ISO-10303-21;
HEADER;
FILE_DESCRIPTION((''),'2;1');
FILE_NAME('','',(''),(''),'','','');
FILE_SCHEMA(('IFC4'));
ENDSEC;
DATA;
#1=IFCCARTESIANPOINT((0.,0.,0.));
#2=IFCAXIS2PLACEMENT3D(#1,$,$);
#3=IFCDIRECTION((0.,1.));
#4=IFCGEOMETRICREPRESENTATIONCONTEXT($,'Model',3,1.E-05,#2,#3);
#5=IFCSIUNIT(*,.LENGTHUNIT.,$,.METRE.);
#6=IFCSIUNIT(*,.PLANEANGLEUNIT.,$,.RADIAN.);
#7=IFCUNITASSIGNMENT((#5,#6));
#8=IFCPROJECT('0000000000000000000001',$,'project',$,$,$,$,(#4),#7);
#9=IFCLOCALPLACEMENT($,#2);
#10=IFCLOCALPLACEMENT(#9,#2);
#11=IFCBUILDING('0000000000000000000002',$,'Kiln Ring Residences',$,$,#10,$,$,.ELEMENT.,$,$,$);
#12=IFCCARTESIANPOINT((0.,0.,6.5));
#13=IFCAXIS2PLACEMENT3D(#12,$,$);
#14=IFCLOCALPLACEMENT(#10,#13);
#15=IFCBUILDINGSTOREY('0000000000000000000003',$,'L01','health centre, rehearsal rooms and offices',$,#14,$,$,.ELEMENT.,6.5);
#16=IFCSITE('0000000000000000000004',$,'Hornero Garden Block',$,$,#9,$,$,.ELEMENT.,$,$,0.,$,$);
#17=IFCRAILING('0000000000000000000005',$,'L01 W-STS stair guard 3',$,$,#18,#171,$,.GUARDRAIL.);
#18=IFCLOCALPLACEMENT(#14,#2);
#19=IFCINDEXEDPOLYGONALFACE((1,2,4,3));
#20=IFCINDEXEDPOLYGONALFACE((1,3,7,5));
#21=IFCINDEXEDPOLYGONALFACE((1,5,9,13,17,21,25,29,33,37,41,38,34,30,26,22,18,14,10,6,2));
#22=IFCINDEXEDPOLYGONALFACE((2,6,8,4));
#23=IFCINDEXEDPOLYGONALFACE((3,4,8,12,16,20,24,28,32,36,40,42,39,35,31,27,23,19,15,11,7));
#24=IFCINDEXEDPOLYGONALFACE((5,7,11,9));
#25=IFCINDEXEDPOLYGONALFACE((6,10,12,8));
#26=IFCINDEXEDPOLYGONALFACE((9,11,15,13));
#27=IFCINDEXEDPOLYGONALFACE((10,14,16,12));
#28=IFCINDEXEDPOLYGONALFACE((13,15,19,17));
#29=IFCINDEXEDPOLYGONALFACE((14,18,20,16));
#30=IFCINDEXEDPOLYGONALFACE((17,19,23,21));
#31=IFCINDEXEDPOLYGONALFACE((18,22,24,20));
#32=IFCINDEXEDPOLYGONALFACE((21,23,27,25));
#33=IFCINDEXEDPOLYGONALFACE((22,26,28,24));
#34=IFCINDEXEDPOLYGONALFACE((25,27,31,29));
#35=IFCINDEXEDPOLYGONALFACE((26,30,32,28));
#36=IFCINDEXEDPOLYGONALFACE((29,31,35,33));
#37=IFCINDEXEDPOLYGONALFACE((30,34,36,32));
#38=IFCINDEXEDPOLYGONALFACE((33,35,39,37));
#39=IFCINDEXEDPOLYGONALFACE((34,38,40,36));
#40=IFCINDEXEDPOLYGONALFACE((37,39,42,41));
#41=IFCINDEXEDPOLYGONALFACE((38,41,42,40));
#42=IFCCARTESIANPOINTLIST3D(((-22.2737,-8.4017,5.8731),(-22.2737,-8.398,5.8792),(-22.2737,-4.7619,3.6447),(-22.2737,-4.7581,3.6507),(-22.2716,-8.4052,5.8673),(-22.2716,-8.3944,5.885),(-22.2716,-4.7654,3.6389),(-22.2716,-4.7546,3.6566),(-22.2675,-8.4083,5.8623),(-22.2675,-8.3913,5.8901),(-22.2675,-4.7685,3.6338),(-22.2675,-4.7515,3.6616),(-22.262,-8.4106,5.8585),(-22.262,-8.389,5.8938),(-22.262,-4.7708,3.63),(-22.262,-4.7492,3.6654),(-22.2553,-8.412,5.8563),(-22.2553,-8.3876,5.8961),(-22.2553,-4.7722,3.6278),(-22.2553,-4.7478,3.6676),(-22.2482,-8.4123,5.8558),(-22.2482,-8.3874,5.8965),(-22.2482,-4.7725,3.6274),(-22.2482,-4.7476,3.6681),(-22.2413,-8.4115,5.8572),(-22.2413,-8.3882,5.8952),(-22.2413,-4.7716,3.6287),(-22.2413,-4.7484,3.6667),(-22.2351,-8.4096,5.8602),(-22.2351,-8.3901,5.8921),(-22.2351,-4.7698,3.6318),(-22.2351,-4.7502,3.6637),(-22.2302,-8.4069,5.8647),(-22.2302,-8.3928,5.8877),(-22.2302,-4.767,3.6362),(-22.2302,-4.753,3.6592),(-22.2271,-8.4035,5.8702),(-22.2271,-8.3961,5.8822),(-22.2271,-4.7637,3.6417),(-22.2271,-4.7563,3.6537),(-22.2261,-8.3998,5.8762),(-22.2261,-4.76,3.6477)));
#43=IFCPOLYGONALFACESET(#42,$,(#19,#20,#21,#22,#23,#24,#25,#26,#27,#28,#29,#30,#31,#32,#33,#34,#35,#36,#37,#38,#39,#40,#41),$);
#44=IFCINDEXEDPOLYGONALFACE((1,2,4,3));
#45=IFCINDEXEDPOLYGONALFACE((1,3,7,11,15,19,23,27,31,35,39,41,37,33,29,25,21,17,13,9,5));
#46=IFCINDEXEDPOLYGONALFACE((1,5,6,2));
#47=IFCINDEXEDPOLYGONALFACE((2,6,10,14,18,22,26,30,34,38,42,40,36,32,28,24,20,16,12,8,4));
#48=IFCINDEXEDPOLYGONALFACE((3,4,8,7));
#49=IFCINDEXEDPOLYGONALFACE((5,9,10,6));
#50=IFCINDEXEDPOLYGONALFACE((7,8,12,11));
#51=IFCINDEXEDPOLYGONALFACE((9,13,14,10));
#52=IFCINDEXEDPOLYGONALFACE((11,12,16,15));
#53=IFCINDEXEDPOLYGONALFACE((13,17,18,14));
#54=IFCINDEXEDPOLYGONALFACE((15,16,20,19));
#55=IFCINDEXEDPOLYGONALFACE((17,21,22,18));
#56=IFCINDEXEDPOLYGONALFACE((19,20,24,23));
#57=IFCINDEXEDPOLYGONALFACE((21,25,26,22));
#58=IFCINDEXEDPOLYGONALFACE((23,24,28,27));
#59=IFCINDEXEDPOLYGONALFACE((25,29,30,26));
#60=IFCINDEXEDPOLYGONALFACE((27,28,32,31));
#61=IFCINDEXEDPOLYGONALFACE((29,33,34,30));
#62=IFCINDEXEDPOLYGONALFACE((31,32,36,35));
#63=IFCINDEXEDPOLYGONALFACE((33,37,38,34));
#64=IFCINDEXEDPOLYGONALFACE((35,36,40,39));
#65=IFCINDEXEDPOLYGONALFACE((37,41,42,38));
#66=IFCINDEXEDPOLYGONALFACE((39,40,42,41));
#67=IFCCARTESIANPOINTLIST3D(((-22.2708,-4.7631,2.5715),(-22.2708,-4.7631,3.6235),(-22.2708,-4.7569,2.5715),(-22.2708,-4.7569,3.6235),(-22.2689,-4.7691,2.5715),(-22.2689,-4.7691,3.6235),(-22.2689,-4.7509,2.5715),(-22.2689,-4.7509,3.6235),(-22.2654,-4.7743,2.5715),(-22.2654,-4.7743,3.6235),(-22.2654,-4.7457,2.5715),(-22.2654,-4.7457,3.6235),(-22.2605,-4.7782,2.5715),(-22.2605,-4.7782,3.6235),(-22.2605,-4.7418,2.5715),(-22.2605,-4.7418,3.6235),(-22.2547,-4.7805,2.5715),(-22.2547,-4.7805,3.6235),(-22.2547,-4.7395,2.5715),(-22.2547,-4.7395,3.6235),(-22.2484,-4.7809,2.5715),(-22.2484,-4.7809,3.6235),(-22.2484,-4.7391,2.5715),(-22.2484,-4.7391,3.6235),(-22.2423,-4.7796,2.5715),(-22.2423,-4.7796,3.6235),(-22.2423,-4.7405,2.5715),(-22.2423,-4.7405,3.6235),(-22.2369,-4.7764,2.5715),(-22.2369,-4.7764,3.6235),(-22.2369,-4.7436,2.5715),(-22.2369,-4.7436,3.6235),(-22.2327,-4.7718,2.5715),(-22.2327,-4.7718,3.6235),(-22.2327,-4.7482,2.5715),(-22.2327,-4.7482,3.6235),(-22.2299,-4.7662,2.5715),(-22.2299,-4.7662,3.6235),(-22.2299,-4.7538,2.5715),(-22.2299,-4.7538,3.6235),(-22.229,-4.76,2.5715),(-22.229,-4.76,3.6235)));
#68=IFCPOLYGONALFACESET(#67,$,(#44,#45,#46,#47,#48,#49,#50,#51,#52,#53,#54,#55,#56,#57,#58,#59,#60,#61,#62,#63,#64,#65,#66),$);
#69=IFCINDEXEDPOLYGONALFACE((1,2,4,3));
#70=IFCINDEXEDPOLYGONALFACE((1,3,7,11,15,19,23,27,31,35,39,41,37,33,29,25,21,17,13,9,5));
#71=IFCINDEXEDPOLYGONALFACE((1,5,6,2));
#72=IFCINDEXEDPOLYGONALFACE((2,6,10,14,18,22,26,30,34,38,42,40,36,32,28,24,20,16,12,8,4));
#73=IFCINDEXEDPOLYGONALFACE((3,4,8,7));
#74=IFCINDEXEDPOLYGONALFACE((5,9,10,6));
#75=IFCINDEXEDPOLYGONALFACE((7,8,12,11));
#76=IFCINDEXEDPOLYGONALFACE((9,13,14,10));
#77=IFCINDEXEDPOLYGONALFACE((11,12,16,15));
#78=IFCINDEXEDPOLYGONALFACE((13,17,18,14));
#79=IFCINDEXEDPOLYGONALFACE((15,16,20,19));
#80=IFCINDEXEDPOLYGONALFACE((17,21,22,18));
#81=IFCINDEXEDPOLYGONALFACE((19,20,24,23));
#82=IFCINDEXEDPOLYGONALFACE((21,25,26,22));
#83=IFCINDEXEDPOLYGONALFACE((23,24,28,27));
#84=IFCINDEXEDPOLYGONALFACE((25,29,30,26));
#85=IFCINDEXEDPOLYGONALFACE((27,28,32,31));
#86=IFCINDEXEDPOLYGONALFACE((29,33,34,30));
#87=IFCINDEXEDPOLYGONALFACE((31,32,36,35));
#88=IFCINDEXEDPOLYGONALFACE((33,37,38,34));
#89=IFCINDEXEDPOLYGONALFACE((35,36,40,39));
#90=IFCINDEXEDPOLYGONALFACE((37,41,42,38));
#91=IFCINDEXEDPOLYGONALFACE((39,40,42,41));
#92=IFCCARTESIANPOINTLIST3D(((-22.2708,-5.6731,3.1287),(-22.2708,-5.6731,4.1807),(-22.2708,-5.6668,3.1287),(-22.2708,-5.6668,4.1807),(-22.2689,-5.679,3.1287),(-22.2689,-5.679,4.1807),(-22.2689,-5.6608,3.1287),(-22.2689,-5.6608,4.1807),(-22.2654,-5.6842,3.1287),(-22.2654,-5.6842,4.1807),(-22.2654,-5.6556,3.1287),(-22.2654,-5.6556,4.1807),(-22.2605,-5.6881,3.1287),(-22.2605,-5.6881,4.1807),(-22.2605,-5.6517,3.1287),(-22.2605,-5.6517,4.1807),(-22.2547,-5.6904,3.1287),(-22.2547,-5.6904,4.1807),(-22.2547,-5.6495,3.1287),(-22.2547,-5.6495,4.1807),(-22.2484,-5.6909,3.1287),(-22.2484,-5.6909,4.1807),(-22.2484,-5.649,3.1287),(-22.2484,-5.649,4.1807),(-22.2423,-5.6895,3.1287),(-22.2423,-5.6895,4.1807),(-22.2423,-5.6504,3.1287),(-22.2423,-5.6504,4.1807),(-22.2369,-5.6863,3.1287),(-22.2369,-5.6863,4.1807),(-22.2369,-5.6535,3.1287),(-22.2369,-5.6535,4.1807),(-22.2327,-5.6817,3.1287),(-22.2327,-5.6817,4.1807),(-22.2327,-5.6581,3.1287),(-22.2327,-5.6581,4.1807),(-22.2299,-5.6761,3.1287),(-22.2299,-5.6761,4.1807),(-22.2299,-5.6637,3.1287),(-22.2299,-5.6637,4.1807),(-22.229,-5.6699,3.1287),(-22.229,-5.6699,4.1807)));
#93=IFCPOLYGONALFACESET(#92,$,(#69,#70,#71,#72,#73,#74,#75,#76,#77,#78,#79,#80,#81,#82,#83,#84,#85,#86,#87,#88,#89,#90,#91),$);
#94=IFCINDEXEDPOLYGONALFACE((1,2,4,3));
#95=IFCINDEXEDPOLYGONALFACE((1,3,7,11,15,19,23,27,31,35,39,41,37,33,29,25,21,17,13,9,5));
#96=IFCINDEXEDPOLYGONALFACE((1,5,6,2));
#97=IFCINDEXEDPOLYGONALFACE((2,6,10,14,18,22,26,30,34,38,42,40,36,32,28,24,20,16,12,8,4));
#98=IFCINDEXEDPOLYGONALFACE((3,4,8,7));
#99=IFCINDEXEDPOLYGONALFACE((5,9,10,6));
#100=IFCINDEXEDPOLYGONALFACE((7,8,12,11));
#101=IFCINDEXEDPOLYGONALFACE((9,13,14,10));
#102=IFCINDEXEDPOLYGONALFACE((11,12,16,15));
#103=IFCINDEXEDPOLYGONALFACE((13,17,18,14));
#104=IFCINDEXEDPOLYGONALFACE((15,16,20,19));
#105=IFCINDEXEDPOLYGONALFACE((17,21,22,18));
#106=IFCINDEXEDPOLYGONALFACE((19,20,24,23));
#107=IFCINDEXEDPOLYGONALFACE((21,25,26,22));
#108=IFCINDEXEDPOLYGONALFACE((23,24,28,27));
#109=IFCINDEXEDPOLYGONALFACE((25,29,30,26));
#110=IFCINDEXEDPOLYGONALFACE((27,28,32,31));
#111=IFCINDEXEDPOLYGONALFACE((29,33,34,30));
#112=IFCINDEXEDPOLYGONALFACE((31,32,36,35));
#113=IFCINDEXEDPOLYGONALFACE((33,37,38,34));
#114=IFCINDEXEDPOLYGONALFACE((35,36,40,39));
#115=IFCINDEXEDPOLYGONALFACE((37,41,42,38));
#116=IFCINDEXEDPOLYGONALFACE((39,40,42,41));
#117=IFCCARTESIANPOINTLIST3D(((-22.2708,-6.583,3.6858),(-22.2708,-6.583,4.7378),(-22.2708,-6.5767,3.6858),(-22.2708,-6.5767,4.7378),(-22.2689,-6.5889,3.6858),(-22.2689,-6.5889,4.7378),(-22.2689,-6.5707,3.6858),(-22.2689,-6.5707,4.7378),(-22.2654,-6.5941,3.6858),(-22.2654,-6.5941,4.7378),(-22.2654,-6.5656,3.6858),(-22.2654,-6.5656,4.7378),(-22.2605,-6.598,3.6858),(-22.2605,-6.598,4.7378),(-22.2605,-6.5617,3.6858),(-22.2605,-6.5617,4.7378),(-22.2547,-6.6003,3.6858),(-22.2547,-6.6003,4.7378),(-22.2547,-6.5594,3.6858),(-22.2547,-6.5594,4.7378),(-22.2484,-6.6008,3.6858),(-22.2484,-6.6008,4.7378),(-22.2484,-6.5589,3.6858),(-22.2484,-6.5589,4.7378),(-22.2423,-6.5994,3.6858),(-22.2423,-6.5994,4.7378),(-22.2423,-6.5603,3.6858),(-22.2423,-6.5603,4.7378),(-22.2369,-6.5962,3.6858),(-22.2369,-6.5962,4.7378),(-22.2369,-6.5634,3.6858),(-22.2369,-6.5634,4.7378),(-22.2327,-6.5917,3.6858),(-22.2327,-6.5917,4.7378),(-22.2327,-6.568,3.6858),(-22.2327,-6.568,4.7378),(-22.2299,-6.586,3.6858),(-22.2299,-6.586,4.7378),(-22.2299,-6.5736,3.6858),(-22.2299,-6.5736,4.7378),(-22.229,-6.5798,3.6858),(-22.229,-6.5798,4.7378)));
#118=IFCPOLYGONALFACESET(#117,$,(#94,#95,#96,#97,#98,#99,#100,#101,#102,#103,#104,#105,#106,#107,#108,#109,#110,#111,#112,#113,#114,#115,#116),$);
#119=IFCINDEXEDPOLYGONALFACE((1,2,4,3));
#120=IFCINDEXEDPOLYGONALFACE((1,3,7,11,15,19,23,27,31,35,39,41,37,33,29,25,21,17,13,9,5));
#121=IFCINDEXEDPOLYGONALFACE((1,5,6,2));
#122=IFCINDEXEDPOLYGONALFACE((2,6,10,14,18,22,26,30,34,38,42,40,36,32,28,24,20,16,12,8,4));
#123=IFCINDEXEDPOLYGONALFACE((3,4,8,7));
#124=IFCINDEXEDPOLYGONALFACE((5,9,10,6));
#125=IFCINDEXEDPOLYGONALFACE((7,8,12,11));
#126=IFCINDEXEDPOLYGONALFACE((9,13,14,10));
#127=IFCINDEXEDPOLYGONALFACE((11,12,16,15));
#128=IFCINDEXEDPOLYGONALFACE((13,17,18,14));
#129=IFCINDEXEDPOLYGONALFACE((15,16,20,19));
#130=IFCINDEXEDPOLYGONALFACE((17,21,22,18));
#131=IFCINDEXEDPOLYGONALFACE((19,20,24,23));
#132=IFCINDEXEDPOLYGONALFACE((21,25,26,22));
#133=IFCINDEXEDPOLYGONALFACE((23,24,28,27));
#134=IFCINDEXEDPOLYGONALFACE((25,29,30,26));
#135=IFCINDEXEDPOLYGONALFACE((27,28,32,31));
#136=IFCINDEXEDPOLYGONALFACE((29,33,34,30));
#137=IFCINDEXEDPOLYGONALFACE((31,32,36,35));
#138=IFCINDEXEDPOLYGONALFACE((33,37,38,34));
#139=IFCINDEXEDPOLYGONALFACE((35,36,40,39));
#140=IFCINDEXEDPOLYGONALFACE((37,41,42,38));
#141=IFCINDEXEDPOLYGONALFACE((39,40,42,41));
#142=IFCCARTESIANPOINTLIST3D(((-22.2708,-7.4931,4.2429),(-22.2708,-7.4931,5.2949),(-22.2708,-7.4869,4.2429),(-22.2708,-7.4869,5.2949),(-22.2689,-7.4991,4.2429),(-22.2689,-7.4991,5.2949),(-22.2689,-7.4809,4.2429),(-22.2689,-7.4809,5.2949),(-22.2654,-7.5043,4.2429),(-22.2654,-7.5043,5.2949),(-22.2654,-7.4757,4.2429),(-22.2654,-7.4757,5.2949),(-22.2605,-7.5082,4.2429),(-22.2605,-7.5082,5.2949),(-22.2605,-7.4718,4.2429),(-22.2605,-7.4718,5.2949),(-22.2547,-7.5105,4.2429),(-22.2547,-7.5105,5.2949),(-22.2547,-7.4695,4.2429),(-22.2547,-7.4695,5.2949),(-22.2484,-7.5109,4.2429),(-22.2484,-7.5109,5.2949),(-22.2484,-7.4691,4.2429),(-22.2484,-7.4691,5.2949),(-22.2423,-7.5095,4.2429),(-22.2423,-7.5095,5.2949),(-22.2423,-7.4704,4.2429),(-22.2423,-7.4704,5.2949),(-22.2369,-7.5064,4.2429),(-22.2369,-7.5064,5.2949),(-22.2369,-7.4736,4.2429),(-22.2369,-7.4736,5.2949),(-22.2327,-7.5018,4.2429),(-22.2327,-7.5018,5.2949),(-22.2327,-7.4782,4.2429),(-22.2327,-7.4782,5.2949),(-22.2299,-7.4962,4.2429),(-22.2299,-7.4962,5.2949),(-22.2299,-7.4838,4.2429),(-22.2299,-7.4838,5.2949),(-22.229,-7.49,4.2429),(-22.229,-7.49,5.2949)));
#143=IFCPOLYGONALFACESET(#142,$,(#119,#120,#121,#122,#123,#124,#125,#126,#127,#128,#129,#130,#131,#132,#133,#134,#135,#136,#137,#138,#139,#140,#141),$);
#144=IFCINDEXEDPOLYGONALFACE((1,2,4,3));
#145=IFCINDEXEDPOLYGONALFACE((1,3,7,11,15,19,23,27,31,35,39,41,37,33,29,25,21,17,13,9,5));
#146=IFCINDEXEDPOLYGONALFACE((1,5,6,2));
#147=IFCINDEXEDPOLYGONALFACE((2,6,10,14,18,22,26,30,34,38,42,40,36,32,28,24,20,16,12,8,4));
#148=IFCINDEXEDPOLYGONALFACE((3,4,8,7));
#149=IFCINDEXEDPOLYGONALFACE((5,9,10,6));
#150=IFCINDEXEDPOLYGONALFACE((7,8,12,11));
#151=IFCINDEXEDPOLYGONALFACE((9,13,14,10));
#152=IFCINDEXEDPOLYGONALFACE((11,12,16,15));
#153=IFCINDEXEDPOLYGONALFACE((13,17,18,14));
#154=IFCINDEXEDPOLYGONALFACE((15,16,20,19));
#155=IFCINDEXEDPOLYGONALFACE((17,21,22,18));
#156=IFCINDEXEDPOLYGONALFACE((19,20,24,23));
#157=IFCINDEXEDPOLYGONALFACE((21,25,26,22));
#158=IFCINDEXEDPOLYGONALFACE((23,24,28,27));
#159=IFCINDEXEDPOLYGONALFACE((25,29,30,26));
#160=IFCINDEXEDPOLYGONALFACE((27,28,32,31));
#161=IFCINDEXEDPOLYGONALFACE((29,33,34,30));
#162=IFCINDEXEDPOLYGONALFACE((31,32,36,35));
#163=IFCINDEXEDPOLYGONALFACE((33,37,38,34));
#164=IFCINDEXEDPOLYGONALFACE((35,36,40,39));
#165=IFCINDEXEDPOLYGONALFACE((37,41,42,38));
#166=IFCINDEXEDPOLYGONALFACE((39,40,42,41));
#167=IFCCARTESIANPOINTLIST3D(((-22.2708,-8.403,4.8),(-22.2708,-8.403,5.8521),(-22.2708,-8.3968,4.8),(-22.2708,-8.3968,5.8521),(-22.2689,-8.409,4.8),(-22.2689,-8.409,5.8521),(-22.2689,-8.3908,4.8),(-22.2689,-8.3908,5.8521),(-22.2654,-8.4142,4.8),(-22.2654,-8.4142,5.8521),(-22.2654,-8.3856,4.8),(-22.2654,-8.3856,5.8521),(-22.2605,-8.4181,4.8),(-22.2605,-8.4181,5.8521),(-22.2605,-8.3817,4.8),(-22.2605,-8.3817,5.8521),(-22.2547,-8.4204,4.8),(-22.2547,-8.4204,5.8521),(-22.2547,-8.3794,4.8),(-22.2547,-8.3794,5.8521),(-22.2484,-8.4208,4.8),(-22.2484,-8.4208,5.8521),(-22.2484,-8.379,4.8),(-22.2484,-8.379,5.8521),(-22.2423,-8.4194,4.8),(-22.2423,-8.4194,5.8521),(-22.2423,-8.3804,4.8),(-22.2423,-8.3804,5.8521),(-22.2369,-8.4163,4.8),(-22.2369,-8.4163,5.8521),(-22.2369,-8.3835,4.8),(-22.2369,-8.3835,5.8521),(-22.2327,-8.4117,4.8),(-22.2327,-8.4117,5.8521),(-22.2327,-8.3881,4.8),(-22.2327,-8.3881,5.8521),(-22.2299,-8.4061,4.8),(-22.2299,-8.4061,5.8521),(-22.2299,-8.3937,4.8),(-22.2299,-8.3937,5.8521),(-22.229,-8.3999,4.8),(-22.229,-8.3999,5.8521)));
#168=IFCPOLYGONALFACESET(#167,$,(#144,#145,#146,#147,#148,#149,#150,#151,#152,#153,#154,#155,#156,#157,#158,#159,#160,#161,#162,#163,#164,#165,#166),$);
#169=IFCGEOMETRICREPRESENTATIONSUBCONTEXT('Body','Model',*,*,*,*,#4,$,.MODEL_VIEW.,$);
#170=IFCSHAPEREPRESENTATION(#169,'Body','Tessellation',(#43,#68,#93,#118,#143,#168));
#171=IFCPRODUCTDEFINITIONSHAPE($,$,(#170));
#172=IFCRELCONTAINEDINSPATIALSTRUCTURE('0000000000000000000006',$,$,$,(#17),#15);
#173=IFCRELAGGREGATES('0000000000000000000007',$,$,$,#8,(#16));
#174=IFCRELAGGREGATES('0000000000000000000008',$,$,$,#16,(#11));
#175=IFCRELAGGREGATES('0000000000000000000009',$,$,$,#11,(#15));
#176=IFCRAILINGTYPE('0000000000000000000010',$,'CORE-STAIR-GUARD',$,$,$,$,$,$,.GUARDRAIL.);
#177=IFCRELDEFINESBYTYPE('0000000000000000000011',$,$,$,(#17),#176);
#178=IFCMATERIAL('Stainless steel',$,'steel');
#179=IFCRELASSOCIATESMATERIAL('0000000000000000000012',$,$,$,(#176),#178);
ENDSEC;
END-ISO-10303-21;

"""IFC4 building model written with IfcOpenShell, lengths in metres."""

from ifc_helpers import new_model, si_unit, direction, frame, origin, origin_2d, place, context, subcontext, project, spatial, circle, extrude, material, type_object, element, save


model = new_model("IFC4")

# Units and contexts
model_context = context("Model", 3, precision=1e-05, world=origin(), true_north=direction((0.0, 1.0)))
body_context = subcontext(model_context, "Body", "Model", "MODEL_VIEW")
ifc_project = project(units=[si_unit("LENGTHUNIT", "METRE"), si_unit("PLANEANGLEUNIT", "RADIAN")], contexts=[model_context])

# Site, building, storey
site_placement = place(None, origin())
site = spatial("IfcSite", under=ifc_project, at=site_placement, Name="Hornero Garden Block", CompositionType="ELEMENT", RefElevation=0.0)
building_placement = place(site_placement, origin())
building = spatial("IfcBuilding", under=site, at=building_placement, Name="Kiln Ring Residences", CompositionType="ELEMENT")
storey_placement = place(building_placement, frame((0.0, 0.0, 6.5)))
storey = spatial("IfcBuildingStorey", under=building, at=storey_placement, Name="L01", Description="health centre, rehearsal rooms and offices", CompositionType="ELEMENT", Elevation=6.5)

# Railing
ifc_material_1 = material(Name="Stainless steel", Category="steel")
railing_type_1 = type_object("IfcRailingType", Name="CORE-STAIR-GUARD", PredefinedType="GUARDRAIL", material=ifc_material_1)
railing_1_placement = place(storey_placement, frame((-22.25, -4.76, 2.5715)))
element("IfcRailing", 1, at=railing_1_placement, inside=storey, type_object=railing_type_1, Name="L01 W-STS stair guard 3", PredefinedType="GUARDRAIL", context=body_context, shape_type="SweptSolid", body=[
    extrude(circle(Radius=0.0239, at=origin_2d()), frame((0.0, 0.0, 1.0762), z_axis=(0.0, -0.85285, 0.522156), x_axis=(1.0, 0.0, 0.0)), (0.0, 0.0, 1.0), 4.2678),
    extrude(circle(Radius=0.021, at=origin_2d()), origin(), (0.0, 0.0, 1.0), 1.052),
    extrude(circle(Radius=0.021, at=origin_2d()), frame((0.0, -0.9099, 0.5571)), (0.0, 0.0, 1.0), 1.052),
    extrude(circle(Radius=0.021, at=origin_2d()), frame((0.0, -1.8198, 1.1143)), (0.0, 0.0, 1.0), 1.052),
    extrude(circle(Radius=0.021, at=origin_2d()), frame((0.0, -2.73, 1.6714)), (0.0, 0.0, 1.0), 1.052),
    extrude(circle(Radius=0.021, at=origin_2d()), frame((0.0, -3.6399, 2.2285)), (0.0, 0.0, 1.0), 1.052),
])

save(model, "model.ifc")
